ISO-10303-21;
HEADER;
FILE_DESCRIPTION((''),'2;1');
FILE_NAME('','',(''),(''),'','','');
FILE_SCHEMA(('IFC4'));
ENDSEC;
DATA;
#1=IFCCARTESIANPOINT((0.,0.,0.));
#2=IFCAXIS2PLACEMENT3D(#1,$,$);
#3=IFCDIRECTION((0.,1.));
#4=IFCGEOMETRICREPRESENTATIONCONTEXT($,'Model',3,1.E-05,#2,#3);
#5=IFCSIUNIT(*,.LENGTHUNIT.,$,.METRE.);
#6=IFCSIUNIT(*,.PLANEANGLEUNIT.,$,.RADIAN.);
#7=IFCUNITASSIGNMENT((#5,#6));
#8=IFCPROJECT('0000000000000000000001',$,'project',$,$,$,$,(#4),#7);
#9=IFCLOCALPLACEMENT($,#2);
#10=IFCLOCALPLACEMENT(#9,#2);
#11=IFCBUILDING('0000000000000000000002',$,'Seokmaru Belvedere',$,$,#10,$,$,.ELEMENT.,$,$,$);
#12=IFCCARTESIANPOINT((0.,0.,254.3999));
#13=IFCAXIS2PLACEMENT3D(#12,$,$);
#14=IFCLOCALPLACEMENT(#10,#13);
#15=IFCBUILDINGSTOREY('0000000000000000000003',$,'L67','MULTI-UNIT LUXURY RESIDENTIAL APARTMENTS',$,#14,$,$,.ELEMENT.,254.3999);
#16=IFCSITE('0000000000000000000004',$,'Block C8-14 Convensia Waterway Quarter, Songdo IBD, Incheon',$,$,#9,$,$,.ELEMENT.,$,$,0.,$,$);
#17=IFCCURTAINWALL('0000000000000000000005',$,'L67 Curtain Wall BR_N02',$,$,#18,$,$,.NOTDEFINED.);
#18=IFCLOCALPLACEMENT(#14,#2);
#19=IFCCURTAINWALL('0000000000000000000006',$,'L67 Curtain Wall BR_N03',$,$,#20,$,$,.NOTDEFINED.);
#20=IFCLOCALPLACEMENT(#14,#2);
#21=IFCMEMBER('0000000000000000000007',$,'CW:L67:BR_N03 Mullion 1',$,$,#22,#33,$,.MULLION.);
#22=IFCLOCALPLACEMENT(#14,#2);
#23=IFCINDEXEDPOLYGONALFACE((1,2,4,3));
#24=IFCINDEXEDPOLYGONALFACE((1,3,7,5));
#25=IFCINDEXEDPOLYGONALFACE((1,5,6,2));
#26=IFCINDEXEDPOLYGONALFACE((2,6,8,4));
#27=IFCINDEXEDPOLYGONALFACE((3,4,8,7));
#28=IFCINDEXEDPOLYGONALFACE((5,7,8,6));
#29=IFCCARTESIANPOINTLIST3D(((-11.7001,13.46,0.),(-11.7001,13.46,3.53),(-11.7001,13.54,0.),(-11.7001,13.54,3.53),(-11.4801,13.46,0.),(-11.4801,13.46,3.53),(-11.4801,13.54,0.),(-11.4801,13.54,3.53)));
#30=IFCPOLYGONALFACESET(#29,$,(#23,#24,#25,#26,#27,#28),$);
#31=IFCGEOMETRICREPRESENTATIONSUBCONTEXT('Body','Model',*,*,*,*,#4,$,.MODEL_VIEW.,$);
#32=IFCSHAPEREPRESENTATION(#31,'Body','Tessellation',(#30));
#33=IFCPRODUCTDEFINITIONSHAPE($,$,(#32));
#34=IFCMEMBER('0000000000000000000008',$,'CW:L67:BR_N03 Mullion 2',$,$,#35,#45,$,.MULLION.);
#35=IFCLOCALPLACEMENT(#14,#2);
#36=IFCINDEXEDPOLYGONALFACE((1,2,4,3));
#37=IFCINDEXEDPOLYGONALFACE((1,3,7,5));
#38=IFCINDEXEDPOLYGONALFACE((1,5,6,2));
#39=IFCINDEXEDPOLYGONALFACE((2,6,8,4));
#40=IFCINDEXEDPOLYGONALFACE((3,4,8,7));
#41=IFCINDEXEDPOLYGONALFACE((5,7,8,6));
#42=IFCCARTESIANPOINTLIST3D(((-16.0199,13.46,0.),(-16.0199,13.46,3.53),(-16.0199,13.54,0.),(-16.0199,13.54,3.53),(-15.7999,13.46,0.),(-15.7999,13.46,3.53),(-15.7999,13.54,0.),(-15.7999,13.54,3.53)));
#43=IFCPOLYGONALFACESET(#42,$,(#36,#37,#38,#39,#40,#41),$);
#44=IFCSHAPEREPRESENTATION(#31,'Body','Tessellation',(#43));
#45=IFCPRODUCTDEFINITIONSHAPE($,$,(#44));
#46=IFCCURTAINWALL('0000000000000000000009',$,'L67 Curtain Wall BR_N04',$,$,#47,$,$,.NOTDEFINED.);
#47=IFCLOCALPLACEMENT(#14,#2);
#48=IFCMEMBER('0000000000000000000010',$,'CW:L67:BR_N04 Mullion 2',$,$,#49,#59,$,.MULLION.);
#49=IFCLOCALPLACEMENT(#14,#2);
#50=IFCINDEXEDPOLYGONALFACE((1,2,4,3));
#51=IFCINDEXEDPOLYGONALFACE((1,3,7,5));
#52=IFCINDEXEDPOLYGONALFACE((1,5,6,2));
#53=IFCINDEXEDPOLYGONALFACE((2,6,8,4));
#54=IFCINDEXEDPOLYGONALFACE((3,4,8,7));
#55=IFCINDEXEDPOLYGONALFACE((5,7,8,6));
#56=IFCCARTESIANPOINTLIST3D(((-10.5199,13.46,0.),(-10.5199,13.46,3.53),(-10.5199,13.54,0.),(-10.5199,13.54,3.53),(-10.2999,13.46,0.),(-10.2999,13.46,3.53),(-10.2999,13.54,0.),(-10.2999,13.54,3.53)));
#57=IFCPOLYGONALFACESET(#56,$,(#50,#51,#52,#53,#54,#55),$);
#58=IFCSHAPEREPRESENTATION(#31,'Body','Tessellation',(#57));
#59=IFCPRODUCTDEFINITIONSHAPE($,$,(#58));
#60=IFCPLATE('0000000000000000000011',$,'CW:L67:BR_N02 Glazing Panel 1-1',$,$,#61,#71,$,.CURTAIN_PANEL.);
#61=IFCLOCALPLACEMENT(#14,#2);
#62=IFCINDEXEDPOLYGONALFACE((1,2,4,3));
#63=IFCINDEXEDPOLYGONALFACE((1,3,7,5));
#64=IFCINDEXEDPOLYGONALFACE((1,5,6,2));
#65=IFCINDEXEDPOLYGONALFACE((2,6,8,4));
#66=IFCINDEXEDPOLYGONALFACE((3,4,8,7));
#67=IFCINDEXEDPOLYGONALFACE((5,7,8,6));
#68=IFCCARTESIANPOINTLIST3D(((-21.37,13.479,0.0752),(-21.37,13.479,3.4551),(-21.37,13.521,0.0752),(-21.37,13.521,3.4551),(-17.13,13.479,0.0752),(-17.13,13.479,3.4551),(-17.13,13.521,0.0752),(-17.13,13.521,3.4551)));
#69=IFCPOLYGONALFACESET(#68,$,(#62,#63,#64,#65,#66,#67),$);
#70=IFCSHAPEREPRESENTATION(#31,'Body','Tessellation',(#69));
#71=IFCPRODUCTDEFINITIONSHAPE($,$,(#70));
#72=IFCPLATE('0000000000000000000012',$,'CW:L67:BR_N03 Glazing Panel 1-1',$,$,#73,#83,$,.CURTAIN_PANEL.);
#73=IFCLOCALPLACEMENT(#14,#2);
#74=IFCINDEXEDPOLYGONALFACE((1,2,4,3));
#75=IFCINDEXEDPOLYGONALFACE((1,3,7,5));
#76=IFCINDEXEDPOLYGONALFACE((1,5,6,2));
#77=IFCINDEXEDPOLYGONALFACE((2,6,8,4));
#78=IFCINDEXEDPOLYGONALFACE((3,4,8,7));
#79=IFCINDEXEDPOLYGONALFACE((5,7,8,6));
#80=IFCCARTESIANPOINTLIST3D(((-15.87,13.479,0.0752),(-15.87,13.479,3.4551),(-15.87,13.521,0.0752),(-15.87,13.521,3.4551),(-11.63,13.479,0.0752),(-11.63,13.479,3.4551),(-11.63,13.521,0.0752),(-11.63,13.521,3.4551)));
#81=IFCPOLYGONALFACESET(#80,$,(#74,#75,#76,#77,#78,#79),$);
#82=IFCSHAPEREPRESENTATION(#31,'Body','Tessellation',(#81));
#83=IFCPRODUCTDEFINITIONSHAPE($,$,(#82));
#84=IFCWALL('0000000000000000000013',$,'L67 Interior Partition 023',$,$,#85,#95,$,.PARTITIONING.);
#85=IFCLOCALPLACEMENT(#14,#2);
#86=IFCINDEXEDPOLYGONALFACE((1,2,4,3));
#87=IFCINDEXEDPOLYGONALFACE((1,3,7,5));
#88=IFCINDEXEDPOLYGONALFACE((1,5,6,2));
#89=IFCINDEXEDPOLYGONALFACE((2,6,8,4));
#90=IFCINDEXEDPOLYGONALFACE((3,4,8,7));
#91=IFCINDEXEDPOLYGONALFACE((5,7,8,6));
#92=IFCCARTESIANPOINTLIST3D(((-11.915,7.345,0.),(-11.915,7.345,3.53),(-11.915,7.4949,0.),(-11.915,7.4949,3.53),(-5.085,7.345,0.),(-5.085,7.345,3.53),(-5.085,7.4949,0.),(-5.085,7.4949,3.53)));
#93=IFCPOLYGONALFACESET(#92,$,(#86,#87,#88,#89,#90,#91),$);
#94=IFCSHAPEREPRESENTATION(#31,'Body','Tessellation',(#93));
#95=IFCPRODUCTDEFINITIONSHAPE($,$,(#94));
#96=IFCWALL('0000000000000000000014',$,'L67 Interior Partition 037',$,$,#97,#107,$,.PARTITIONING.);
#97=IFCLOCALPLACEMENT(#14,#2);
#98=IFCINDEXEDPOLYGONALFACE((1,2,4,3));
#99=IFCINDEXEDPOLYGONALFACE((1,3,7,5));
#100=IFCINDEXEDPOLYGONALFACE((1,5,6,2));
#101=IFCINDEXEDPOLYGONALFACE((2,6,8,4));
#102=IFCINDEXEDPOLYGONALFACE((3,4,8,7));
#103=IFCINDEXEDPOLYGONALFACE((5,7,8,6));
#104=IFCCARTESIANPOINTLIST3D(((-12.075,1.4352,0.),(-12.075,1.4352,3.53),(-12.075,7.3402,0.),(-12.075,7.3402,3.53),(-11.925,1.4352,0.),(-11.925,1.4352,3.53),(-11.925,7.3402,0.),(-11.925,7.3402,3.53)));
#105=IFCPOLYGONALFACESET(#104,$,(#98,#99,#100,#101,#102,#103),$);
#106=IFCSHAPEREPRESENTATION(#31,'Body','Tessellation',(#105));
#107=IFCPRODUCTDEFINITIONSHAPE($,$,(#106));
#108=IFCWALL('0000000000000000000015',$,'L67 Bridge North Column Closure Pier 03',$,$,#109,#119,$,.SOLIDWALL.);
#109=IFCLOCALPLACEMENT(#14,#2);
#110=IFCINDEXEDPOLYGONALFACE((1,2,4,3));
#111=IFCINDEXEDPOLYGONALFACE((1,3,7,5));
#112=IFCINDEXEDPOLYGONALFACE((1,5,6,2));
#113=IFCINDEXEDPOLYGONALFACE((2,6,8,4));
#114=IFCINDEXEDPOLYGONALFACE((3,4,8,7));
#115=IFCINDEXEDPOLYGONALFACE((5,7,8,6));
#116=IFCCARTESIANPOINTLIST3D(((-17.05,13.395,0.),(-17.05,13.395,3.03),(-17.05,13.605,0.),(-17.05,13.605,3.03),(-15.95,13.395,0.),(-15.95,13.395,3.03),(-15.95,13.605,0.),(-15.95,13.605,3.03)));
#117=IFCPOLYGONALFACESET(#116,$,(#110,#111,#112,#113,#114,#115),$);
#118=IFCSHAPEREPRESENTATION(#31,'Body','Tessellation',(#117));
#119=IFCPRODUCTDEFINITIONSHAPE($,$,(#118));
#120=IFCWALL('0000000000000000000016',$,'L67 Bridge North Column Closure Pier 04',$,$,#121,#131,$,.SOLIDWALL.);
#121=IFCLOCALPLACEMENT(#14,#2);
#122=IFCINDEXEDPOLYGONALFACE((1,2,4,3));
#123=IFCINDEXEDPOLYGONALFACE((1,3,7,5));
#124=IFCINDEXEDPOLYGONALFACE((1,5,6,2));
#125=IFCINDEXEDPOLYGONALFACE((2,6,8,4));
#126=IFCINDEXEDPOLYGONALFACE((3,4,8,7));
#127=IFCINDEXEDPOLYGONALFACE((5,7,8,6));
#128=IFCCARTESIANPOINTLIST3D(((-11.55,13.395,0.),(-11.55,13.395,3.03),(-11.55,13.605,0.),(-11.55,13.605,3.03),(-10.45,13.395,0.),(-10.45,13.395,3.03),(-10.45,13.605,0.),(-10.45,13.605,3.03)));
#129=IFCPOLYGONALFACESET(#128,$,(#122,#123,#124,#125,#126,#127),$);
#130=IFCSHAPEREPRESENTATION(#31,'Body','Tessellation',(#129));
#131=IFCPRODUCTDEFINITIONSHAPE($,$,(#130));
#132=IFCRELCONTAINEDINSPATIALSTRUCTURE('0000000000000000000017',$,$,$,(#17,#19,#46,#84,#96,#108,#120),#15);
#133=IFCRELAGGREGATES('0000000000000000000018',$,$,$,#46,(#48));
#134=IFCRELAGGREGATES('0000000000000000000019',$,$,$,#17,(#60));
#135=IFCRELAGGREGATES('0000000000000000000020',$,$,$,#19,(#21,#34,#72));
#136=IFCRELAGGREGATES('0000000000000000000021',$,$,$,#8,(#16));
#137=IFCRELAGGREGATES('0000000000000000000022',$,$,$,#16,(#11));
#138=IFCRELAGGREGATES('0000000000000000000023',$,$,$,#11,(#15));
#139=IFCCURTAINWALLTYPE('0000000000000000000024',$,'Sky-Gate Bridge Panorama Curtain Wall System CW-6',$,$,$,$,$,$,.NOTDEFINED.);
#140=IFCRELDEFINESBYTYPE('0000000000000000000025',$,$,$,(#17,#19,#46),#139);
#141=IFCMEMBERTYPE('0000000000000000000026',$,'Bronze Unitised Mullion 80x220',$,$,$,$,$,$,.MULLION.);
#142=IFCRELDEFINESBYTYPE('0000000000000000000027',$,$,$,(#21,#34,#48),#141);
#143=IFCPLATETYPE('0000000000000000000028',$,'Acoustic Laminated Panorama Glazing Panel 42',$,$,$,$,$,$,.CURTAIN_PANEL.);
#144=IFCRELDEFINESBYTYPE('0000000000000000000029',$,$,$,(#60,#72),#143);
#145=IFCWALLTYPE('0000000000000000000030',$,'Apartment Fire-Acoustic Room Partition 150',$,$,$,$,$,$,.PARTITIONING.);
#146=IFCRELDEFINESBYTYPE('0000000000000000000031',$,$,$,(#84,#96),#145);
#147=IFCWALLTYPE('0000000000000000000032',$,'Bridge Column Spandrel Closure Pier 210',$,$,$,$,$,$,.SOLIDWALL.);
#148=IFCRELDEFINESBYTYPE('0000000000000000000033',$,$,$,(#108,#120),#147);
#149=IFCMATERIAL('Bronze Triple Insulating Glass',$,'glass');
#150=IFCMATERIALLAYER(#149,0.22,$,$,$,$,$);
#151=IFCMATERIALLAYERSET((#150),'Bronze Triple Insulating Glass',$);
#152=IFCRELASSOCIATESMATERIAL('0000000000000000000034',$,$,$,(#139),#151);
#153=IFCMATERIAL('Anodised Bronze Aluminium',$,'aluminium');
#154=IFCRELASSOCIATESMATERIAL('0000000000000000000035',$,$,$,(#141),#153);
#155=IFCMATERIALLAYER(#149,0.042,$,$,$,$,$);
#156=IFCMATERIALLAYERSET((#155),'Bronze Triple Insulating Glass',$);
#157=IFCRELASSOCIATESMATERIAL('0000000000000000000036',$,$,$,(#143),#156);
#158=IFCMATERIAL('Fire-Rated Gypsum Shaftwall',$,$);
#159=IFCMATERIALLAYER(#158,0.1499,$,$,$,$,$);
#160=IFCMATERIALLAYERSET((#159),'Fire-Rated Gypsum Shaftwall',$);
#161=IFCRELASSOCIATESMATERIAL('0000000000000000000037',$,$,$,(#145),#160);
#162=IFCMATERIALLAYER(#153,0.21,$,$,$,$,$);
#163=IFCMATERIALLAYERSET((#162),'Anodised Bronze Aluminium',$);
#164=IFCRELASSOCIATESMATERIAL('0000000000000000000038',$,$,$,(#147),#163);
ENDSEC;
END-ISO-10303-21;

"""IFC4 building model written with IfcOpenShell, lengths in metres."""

from ifc_helpers import new_model, si_unit, direction, frame, frame_2d, origin, origin_2d, place, context, subcontext, project, spatial, rectangle, extrude, source, transform, mapped, material, layer, layer_set, material_profile, profile_set, type_object, type_shapes, element, aggregate, save


model = new_model("IFC4")

# Units and contexts
model_context = context("Model", 3, precision=1e-05, world=origin(), true_north=direction((0.0, 1.0)))
body_context = subcontext(model_context, "Body", "Model", "MODEL_VIEW")
ifc_project = project(units=[si_unit("LENGTHUNIT", "METRE"), si_unit("PLANEANGLEUNIT", "RADIAN")], contexts=[model_context])

# Site, building, storey
site_placement = place(None, origin())
site = spatial("IfcSite", under=ifc_project, at=site_placement, Name="Block C8-14 Convensia Waterway Quarter, Songdo IBD, Incheon", CompositionType="ELEMENT", RefElevation=0.0)
building_placement = place(site_placement, origin())
building = spatial("IfcBuilding", under=site, at=building_placement, Name="Seokmaru Belvedere", CompositionType="ELEMENT")
storey_placement = place(building_placement, frame((0.0, 0.0, 254.3999)))
storey = spatial("IfcBuildingStorey", under=building, at=storey_placement, Name="L67", Description="MULTI-UNIT LUXURY RESIDENTIAL APARTMENTS", CompositionType="ELEMENT", Elevation=254.3999)

# Curtain walls
ifc_material_1 = material(Name="Bronze Triple Insulating Glass", Category="glass")
ifc_layer_1 = layer(ifc_material_1, 0.22)
ifc_layer_set_1 = layer_set([ifc_layer_1], Name="Bronze Triple Insulating Glass")
curtain_wall_type = type_object("IfcCurtainWallType", Name="Sky-Gate Bridge Panorama Curtain Wall System CW-6", PredefinedType="NOTDEFINED", material=ifc_layer_set_1)
curtain_wall_1_placement = place(storey_placement, origin())
curtain_wall_1 = element("IfcCurtainWall", 1, at=curtain_wall_1_placement, inside=storey, type_object=curtain_wall_type, Name="L67 Curtain Wall BR_N02", PredefinedType="NOTDEFINED")
ifc_material_2 = material(Name="Anodised Bronze Aluminium", Category="aluminium")
curtain_wall_2_placement = place(storey_placement, origin())
curtain_wall_2 = element("IfcCurtainWall", 2, at=curtain_wall_2_placement, inside=storey, type_object=curtain_wall_type, Name="L67 Curtain Wall BR_N03", PredefinedType="NOTDEFINED")

# Members
ifc_material_profile_1 = material_profile(ifc_material_2, rectangle(XDim=0.0801, YDim=0.22, at=origin_2d()), Name="CW-M-80x220")
ifc_profile_set_1 = profile_set([ifc_material_profile_1], Name="Anodised Bronze Aluminium")
member_type_1 = type_object("IfcMemberType", Name="Bronze Unitised Mullion 80x220", PredefinedType="MULLION", material=ifc_profile_set_1)
shared_shape_1 = source(origin(), body_context, "Body", "SweptSolid", [
    extrude(rectangle(XDim=0.0801, YDim=0.22, at=origin_2d()), origin(), (0.0, 0.0, 1.0), 3.53),
])
type_shapes(member_type_1, [shared_shape_1])
member_1_placement = place(storey_placement, frame((-11.5901, 13.5, 0.0), z_axis=(0.0, 0.0, 1.0), x_axis=(0.0, -1.0, 0.0)))
member_1 = element("IfcMember", 3, at=member_1_placement, type_object=member_type_1, Name="CW:L67:BR_N03 Mullion 1", PredefinedType="MULLION", context=body_context, shape_type="MappedRepresentation", body=[
    mapped(shared_shape_1, transform((0.0, 0.0, 0.0), scale=1.0)),
])
member_2_placement = place(storey_placement, frame((-15.9099, 13.5, 0.0), z_axis=(0.0, 0.0, 1.0), x_axis=(0.0, -1.0, 0.0)))
member_2 = element("IfcMember", 4, at=member_2_placement, type_object=member_type_1, Name="CW:L67:BR_N03 Mullion 2", PredefinedType="MULLION", context=body_context, shape_type="MappedRepresentation", body=[
    mapped(shared_shape_1, transform((0.0, 0.0, 0.0), scale=1.0)),
])

# Curtain wall, member
curtain_wall_3_placement = place(storey_placement, origin())
curtain_wall_3 = element("IfcCurtainWall", 5, at=curtain_wall_3_placement, inside=storey, type_object=curtain_wall_type, Name="L67 Curtain Wall BR_N04", PredefinedType="NOTDEFINED")
member_3_placement = place(storey_placement, frame((-10.4099, 13.5, 0.0), z_axis=(0.0, 0.0, 1.0), x_axis=(0.0, -1.0, 0.0)))
member_3 = element("IfcMember", 6, at=member_3_placement, type_object=member_type_1, Name="CW:L67:BR_N04 Mullion 2", PredefinedType="MULLION", context=body_context, shape_type="MappedRepresentation", body=[
    mapped(shared_shape_1, transform((0.0, 0.0, 0.0), scale=1.0)),
])
aggregate(curtain_wall_3, [member_3])

# Plates
ifc_layer_2 = layer(ifc_material_1, 0.042)
ifc_layer_set_2 = layer_set([ifc_layer_2], Name="Bronze Triple Insulating Glass")
plate_type = type_object("IfcPlateType", Name="Acoustic Laminated Panorama Glazing Panel 42", PredefinedType="CURTAIN_PANEL", material=ifc_layer_set_2)
shared_shape_2 = source(origin(), body_context, "Body", "SweptSolid", [
    extrude(rectangle(XDim=4.24, YDim=0.042, at=origin_2d()), origin(), (0.0, 0.0, 1.0), 3.3799),
])
type_shapes(plate_type, [shared_shape_2])
plate_1_placement = place(storey_placement, frame((-19.25, 13.5, 0.0752), z_axis=(0.0, 0.0, 1.0), x_axis=(-1.0, 0.0, 0.0)))
plate_1 = element("IfcPlate", 7, at=plate_1_placement, type_object=plate_type, Name="CW:L67:BR_N02 Glazing Panel 1-1", PredefinedType="CURTAIN_PANEL", context=body_context, shape_type="MappedRepresentation", body=[
    mapped(shared_shape_2, transform((0.0, 0.0, 0.0), scale=1.0)),
])
aggregate(curtain_wall_1, [plate_1])
plate_2_placement = place(storey_placement, frame((-13.75, 13.5, 0.0752), z_axis=(0.0, 0.0, 1.0), x_axis=(-1.0, 0.0, 0.0)))
plate_2 = element("IfcPlate", 8, at=plate_2_placement, type_object=plate_type, Name="CW:L67:BR_N03 Glazing Panel 1-1", PredefinedType="CURTAIN_PANEL", context=body_context, shape_type="MappedRepresentation", body=[
    mapped(shared_shape_2, transform((0.0, 0.0, 0.0), scale=1.0)),
])
aggregate(curtain_wall_2, [member_1, member_2, plate_2])

# Walls
ifc_material_3 = material(Name="Fire-Rated Gypsum Shaftwall")
ifc_layer_3 = layer(ifc_material_3, 0.1499)
ifc_layer_set_3 = layer_set([ifc_layer_3], Name="Fire-Rated Gypsum Shaftwall")
wall_type_1 = type_object("IfcWallType", Name="Apartment Fire-Acoustic Room Partition 150", PredefinedType="PARTITIONING", material=ifc_layer_set_3)
wall_1_placement = place(storey_placement, frame((-11.915, 7.4199, 0.0), z_axis=(0.0, 0.0, 1.0), x_axis=(1.0, 0.0, 0.0)))
element("IfcWall", 9, at=wall_1_placement, inside=storey, type_object=wall_type_1, Name="L67 Interior Partition 023", PredefinedType="PARTITIONING", context=body_context, shape_type="SweptSolid", body=[
    extrude(rectangle(XDim=6.8301, YDim=0.1499, at=frame_2d((3.415, 0.0))), origin(), (0.0, 0.0, 1.0), 3.53),
])
wall_2_placement = place(storey_placement, frame((-12.0, 1.4351, 0.0), z_axis=(0.0, 0.0, 1.0), x_axis=(0.0, 1.0, 0.0)))
element("IfcWall", 10, at=wall_2_placement, inside=storey, type_object=wall_type_1, Name="L67 Interior Partition 037", PredefinedType="PARTITIONING", context=body_context, shape_type="SweptSolid", body=[
    extrude(rectangle(XDim=5.905, YDim=0.1499, at=frame_2d((2.9526, 0.0))), origin(), (0.0, 0.0, 1.0), 3.53),
])
ifc_layer_4 = layer(ifc_material_2, 0.21)
ifc_layer_set_4 = layer_set([ifc_layer_4], Name="Anodised Bronze Aluminium")
wall_type_2 = type_object("IfcWallType", Name="Bridge Column Spandrel Closure Pier 210", PredefinedType="SOLIDWALL", material=ifc_layer_set_4)
for number, where, z_axis, x_axis, name in (
    (11, (-17.05, 13.5, 0.0), (0.0, 0.0, 1.0), (1.0, 0.0, 0.0), "L67 Bridge North Column Closure Pier 03"),
    (12, (-11.55, 13.5, 0.0), (0.0, 0.0, 1.0), (1.0, 0.0, 0.0), "L67 Bridge North Column Closure Pier 04"),
):
    element("IfcWall", number, at=place(storey_placement, frame(where, z_axis=z_axis, x_axis=x_axis)), inside=storey, type_object=wall_type_2, Name=name, PredefinedType="SOLIDWALL", context=body_context, shape_type="SweptSolid", body=[
        extrude(rectangle(XDim=1.1001, YDim=0.21, at=frame_2d((0.55, 0.0))), origin(), (0.0, 0.0, 1.0), 3.03),
    ])

save(model, "model.ifc")
